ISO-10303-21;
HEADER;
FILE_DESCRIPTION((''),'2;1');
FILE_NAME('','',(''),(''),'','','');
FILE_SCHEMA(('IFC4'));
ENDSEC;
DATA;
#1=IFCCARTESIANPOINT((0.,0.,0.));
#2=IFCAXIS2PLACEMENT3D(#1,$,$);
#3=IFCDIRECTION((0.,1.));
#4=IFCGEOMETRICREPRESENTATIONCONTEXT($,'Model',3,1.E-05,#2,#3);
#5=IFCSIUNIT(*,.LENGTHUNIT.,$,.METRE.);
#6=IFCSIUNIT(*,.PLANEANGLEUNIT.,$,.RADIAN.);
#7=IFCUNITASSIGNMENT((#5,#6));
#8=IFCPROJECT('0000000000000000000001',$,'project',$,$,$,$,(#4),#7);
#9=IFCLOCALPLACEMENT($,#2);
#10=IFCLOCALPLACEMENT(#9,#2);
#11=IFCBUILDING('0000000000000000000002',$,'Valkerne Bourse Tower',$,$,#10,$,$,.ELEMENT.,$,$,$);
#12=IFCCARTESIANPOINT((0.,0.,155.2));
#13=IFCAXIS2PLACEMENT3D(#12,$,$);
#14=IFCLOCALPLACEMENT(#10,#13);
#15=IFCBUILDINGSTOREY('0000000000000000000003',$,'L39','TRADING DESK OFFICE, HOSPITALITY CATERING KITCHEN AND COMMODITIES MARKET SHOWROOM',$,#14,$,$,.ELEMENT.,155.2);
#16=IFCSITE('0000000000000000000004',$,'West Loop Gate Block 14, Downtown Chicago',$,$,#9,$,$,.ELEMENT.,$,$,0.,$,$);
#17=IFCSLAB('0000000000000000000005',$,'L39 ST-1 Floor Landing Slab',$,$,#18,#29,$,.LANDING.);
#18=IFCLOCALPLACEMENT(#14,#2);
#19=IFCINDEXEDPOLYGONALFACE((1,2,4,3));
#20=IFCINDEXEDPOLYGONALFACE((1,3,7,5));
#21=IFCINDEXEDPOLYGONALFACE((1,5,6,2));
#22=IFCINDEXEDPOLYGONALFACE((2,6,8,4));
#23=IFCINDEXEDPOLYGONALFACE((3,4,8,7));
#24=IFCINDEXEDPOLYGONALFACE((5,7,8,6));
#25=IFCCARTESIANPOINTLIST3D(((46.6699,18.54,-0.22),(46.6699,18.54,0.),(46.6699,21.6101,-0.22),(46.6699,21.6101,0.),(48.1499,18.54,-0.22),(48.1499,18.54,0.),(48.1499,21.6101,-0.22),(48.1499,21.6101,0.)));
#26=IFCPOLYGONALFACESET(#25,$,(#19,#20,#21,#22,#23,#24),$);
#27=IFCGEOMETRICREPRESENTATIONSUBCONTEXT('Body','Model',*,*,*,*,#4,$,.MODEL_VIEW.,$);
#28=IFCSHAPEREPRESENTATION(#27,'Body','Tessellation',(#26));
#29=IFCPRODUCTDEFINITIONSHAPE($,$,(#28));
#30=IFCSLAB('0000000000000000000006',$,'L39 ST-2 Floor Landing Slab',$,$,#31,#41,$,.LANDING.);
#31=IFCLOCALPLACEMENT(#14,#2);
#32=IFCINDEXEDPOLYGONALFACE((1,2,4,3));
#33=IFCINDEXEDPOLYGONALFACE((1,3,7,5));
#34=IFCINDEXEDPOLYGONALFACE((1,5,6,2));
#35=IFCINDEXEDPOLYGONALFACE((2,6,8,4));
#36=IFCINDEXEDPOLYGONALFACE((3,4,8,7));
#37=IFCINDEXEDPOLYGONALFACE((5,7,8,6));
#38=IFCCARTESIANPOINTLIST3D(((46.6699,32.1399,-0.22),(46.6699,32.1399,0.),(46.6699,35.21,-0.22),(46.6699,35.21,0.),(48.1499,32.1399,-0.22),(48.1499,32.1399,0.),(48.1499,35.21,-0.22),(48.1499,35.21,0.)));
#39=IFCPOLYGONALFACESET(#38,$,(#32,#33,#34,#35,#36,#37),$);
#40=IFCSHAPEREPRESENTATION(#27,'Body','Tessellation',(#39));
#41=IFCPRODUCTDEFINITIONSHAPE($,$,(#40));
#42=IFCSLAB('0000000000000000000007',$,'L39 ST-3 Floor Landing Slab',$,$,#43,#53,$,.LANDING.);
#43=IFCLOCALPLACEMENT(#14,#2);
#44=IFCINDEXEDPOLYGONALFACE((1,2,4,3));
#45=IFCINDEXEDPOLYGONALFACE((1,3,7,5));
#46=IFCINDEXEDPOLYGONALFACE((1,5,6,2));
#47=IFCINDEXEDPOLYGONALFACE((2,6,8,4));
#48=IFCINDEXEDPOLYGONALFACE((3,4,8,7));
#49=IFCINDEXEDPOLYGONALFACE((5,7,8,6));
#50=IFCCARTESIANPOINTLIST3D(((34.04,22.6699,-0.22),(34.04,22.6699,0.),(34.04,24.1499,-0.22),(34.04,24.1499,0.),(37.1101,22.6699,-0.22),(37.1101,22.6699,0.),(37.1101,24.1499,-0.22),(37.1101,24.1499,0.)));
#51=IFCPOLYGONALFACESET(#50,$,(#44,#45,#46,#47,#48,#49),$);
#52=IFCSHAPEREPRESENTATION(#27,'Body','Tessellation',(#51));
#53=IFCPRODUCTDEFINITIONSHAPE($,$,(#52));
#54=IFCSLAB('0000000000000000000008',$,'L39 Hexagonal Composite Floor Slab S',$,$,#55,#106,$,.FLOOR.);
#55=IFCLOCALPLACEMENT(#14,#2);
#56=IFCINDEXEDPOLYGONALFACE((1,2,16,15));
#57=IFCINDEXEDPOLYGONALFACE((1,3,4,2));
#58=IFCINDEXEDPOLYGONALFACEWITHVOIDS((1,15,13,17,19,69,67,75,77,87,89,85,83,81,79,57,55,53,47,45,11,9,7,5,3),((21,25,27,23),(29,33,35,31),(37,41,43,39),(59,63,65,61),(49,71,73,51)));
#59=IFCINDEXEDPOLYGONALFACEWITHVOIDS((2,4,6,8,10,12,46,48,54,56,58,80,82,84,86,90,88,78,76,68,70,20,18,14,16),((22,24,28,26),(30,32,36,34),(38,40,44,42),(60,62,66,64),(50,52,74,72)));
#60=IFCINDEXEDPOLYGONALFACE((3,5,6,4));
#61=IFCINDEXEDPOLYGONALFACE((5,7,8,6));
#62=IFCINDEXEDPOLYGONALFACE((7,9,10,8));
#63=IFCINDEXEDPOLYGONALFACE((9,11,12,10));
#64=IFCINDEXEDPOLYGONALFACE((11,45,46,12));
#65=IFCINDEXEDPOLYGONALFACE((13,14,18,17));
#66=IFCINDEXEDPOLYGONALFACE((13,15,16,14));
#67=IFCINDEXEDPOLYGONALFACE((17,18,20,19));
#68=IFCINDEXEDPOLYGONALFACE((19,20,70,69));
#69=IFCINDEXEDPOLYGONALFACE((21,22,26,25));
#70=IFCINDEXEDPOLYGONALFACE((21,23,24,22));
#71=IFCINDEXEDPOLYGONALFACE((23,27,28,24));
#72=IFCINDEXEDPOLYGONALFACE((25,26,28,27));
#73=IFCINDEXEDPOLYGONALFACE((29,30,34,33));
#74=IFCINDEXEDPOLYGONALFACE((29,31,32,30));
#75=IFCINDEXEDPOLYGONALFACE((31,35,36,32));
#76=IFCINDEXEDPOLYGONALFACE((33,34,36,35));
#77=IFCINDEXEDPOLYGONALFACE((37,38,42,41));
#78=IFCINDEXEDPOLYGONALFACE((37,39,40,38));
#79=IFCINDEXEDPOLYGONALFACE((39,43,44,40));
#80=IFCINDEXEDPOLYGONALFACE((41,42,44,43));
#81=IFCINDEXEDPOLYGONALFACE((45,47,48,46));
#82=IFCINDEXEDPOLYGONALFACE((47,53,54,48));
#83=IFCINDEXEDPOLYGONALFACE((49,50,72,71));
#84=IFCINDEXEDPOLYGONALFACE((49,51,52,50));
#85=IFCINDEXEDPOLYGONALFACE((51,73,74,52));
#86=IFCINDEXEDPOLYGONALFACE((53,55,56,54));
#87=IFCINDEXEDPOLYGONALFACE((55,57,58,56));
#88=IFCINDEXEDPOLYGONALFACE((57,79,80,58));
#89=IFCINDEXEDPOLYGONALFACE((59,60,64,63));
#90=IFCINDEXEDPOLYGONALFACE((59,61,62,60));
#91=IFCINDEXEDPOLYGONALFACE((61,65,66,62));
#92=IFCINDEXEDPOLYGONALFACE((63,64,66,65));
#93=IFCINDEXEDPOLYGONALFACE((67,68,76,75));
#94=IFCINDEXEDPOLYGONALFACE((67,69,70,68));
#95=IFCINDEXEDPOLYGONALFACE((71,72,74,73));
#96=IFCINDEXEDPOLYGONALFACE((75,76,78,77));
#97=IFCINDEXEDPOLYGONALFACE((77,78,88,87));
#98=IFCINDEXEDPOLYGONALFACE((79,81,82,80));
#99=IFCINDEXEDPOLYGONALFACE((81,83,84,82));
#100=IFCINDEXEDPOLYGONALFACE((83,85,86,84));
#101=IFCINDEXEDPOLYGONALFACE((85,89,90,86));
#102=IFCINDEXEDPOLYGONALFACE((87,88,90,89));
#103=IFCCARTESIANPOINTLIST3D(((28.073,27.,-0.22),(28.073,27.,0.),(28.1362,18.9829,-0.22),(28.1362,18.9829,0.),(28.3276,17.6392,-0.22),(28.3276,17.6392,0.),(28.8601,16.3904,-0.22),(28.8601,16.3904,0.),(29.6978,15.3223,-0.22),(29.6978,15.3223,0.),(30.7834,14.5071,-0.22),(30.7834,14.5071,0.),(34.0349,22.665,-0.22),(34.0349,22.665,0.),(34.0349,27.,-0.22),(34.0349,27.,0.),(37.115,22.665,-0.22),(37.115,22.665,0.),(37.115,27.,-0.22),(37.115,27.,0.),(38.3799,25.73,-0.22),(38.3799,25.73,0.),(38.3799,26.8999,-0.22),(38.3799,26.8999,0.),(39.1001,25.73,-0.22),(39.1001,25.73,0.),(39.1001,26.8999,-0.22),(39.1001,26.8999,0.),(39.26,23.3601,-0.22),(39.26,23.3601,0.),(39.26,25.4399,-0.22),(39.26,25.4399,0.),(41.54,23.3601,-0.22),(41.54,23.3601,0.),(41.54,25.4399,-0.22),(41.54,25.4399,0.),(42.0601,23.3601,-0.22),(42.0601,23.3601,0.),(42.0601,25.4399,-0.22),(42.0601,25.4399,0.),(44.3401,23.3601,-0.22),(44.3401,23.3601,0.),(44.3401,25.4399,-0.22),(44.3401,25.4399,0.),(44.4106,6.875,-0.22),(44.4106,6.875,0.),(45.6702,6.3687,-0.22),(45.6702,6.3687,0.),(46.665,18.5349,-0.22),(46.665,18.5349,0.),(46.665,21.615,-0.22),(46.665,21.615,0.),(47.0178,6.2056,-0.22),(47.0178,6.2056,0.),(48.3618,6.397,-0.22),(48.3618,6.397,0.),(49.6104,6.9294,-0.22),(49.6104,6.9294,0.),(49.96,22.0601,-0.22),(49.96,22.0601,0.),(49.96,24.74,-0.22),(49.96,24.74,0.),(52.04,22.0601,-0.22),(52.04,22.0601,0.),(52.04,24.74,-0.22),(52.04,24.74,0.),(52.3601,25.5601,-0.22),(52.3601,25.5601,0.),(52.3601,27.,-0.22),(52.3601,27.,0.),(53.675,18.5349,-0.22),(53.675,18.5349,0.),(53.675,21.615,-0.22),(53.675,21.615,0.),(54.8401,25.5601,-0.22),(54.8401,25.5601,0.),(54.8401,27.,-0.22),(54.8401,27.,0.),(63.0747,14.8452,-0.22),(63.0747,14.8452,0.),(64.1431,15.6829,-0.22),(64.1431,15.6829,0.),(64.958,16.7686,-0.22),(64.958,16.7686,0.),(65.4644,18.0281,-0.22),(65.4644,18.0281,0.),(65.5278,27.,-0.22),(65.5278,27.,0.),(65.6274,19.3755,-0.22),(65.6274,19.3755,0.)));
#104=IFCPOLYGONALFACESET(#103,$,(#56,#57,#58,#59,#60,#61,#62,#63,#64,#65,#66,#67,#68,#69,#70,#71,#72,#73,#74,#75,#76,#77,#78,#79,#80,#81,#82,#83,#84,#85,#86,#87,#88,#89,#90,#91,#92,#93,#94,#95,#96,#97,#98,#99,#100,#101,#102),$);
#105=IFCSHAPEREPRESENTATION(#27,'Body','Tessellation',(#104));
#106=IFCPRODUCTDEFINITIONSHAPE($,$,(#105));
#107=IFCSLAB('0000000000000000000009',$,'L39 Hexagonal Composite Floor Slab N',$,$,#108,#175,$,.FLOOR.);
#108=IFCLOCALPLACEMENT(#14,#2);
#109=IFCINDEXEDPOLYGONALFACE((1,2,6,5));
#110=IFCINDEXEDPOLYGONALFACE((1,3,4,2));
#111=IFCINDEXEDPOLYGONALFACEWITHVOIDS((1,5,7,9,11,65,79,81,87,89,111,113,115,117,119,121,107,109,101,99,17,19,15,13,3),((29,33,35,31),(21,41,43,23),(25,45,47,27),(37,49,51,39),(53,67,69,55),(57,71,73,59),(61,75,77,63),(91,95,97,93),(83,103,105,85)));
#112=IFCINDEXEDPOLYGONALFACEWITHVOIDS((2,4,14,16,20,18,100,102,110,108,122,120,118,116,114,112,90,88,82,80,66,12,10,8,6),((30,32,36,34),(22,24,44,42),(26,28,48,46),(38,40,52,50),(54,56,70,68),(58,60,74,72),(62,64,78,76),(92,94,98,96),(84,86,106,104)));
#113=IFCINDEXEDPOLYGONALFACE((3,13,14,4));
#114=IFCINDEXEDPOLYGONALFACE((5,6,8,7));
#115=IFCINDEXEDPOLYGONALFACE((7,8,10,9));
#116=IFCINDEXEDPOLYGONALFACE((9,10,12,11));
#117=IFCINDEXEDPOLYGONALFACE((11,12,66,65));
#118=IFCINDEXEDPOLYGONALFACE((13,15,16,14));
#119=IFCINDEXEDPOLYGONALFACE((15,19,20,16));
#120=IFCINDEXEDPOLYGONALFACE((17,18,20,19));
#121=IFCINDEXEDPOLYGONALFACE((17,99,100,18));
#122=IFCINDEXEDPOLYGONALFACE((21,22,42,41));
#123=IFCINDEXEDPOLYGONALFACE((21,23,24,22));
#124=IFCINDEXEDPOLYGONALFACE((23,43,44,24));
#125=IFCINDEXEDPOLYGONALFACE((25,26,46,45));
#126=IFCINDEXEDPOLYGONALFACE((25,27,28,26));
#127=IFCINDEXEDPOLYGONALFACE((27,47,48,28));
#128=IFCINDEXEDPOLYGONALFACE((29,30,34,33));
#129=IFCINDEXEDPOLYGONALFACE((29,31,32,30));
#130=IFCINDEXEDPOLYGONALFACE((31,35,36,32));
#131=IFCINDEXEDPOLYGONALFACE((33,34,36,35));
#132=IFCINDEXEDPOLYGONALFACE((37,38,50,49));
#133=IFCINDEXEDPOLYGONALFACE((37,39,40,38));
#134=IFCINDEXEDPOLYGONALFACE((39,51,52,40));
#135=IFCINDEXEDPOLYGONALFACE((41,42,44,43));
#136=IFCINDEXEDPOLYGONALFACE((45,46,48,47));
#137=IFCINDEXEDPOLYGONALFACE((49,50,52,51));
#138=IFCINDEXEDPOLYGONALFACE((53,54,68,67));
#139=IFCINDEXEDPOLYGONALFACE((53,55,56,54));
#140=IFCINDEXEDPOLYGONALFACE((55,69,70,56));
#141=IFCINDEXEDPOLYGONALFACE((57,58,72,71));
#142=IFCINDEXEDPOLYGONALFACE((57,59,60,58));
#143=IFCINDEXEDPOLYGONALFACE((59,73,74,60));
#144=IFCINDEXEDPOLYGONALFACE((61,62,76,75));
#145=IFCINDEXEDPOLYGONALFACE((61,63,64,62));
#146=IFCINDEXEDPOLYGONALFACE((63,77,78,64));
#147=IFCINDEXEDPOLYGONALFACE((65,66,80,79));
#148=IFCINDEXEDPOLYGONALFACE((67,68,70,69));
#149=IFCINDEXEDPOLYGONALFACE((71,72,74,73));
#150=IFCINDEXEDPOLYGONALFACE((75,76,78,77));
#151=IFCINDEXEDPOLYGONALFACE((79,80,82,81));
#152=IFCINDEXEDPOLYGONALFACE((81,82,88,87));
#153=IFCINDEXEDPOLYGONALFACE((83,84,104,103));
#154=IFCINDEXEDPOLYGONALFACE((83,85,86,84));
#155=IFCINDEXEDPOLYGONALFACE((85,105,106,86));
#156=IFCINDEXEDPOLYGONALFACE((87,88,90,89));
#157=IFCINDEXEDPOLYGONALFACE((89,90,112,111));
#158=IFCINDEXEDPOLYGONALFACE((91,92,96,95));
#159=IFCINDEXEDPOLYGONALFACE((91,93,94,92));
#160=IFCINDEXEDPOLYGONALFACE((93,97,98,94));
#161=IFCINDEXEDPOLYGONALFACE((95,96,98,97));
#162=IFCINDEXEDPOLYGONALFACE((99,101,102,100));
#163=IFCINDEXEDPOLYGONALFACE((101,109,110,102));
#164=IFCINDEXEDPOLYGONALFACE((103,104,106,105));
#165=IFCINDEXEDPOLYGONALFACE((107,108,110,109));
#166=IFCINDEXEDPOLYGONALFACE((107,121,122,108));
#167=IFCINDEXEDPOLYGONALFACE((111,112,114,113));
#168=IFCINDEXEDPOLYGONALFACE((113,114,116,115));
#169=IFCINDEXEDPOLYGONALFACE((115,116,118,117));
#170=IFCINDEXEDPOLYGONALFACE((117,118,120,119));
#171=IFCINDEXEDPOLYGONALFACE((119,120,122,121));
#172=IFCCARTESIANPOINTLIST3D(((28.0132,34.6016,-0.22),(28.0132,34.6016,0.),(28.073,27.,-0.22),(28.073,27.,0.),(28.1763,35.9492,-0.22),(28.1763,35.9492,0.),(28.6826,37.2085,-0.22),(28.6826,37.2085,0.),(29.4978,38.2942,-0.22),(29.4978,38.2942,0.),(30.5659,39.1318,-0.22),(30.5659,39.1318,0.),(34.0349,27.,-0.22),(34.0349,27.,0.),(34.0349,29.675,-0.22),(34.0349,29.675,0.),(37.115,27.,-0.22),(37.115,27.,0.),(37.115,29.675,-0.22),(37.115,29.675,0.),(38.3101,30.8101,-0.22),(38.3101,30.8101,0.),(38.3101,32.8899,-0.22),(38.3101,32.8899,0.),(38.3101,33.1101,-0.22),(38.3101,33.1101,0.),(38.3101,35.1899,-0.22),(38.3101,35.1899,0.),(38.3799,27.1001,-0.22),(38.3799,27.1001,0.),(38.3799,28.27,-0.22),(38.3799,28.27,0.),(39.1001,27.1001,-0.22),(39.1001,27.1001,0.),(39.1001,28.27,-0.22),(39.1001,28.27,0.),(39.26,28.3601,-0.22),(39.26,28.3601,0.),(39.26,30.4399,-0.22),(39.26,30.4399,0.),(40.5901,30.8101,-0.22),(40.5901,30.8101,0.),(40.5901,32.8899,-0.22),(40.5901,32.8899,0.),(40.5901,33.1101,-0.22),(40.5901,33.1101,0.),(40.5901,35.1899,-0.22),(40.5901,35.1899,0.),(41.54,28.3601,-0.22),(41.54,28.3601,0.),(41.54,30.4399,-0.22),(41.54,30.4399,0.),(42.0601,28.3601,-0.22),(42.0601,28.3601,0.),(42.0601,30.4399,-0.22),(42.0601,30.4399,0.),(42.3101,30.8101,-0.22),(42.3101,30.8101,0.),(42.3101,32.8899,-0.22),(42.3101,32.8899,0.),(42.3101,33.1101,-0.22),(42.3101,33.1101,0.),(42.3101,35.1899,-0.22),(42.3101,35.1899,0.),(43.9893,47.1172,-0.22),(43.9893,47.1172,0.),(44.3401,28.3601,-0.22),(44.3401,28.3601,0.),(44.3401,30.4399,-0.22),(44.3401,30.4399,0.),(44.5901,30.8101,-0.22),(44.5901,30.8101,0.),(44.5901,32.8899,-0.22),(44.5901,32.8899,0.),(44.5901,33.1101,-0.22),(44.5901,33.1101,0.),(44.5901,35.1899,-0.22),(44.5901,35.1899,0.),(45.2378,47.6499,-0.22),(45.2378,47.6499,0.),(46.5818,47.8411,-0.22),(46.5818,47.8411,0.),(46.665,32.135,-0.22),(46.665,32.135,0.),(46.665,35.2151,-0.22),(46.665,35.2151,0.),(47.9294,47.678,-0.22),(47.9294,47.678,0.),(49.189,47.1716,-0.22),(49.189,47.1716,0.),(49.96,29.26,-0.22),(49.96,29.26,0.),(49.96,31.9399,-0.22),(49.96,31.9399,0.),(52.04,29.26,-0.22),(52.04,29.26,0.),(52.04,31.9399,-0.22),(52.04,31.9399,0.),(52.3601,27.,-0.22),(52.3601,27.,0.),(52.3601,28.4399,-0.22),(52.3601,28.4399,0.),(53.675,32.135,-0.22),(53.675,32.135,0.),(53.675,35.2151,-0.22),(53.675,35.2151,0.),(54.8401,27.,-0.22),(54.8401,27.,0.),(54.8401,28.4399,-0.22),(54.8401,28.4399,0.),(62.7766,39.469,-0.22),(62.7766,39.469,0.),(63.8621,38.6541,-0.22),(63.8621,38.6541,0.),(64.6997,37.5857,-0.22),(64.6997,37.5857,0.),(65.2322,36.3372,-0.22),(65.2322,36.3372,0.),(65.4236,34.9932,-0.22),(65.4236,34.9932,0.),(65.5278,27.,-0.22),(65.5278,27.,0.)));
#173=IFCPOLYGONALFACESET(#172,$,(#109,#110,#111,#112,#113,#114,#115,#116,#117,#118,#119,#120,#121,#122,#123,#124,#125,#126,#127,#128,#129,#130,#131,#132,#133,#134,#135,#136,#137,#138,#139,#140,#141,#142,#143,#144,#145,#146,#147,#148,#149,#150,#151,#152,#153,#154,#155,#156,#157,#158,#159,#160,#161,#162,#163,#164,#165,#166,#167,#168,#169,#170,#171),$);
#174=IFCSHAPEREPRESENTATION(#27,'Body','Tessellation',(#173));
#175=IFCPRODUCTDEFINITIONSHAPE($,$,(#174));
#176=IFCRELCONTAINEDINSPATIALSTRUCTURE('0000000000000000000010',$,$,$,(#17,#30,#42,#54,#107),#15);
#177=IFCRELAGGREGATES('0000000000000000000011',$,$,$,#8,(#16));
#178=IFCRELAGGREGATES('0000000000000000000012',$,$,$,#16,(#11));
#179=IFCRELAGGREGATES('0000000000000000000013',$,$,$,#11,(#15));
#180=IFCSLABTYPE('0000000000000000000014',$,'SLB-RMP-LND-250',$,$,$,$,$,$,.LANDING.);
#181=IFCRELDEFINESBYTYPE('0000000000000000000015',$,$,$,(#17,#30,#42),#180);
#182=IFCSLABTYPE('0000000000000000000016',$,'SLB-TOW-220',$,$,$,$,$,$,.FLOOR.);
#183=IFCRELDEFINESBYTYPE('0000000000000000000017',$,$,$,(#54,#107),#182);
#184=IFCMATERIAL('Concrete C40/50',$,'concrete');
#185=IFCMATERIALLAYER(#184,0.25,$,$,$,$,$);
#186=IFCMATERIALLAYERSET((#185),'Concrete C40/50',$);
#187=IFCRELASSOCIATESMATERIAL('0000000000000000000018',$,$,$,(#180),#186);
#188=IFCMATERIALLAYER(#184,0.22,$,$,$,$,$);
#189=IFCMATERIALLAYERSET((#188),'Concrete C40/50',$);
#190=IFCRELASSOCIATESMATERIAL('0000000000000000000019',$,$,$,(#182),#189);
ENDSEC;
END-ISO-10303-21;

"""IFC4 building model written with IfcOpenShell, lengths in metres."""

from ifc_helpers import new_model, si_unit, direction, frame, origin, place, context, subcontext, project, spatial, polyline, outline, extrude, material, layer, layer_set, type_object, element, save


model = new_model("IFC4")

# Units and contexts
model_context = context("Model", 3, precision=1e-05, world=origin(), true_north=direction((0.0, 1.0)))
body_context = subcontext(model_context, "Body", "Model", "MODEL_VIEW")
ifc_project = project(units=[si_unit("LENGTHUNIT", "METRE"), si_unit("PLANEANGLEUNIT", "RADIAN")], contexts=[model_context])

# Site, building, storey
site_placement = place(None, origin())
site = spatial("IfcSite", under=ifc_project, at=site_placement, Name="West Loop Gate Block 14, Downtown Chicago", CompositionType="ELEMENT", RefElevation=0.0)
building_placement = place(site_placement, origin())
building = spatial("IfcBuilding", under=site, at=building_placement, Name="Valkerne Bourse Tower", CompositionType="ELEMENT")
storey_placement = place(building_placement, frame((0.0, 0.0, 155.2)))
storey = spatial("IfcBuildingStorey", under=building, at=storey_placement, Name="L39", Description="TRADING DESK OFFICE, HOSPITALITY CATERING KITCHEN AND COMMODITIES MARKET SHOWROOM", CompositionType="ELEMENT", Elevation=155.2)

# Slabs
ifc_material_1 = material(Name="Concrete C40/50", Category="concrete")
ifc_layer_1 = layer(ifc_material_1, 0.25)
ifc_layer_set_1 = layer_set([ifc_layer_1], Name="Concrete C40/50")
slab_type_1 = type_object("IfcSlabType", Name="SLB-RMP-LND-250", PredefinedType="LANDING", material=ifc_layer_set_1)
slab_1_placement = place(storey_placement, frame((0.0, 0.0, -0.22)))
element("IfcSlab", 1, at=slab_1_placement, inside=storey, type_object=slab_type_1, Name="L39 ST-1 Floor Landing Slab", PredefinedType="LANDING", context=body_context, shape_type="SweptSolid", body=[
    extrude(outline(polyline([(46.6699, 18.54), (48.1499, 18.54), (48.1499, 21.6101), (46.6699, 21.6101), (46.6699, 18.54)])), origin(), (0.0, 0.0, 1.0), 0.22),
])
slab_2_placement = place(storey_placement, frame((0.0, 0.0, -0.22)))
element("IfcSlab", 2, at=slab_2_placement, inside=storey, type_object=slab_type_1, Name="L39 ST-2 Floor Landing Slab", PredefinedType="LANDING", context=body_context, shape_type="SweptSolid", body=[
    extrude(outline(polyline([(46.6699, 32.1399), (48.1499, 32.1399), (48.1499, 35.21), (46.6699, 35.21), (46.6699, 32.1399)])), origin(), (0.0, 0.0, 1.0), 0.22),
])
slab_3_placement = place(storey_placement, frame((0.0, 0.0, -0.22)))
element("IfcSlab", 3, at=slab_3_placement, inside=storey, type_object=slab_type_1, Name="L39 ST-3 Floor Landing Slab", PredefinedType="LANDING", context=body_context, shape_type="SweptSolid", body=[
    extrude(outline(polyline([(37.1101, 22.6699), (37.1101, 24.1499), (34.04, 24.1499), (34.04, 22.6699), (37.1101, 22.6699)])), origin(), (0.0, 0.0, 1.0), 0.22),
])
ifc_layer_2 = layer(ifc_material_1, 0.22)
ifc_layer_set_2 = layer_set([ifc_layer_2], Name="Concrete C40/50")
slab_type_2 = type_object("IfcSlabType", Name="SLB-TOW-220", PredefinedType="FLOOR", material=ifc_layer_set_2)
slab_4_placement = place(storey_placement, frame((0.0, 0.0, -0.22)))
element("IfcSlab", 4, at=slab_4_placement, inside=storey, type_object=slab_type_2, Name="L39 Hexagonal Composite Floor Slab S", PredefinedType="FLOOR", context=body_context, shape_type="SweptSolid", body=[
    extrude(outline(polyline([(65.4644, 18.0281), (64.958, 16.7686), (64.1431, 15.6829), (63.0747, 14.8452), (49.6104, 6.9294), (48.3618, 6.397), (47.0178, 6.2056), (45.6702, 6.3687), (44.4106, 6.875), (30.7834, 14.5071), (29.6978, 15.3223), (28.8601, 16.3904), (28.3276, 17.6392), (28.1362, 18.9829), (28.073, 27.0), (34.0349, 27.0), (34.0349, 22.665), (37.115, 22.665), (37.115, 27.0), (52.3601, 27.0), (52.3601, 25.5601), (54.8401, 25.5601), (54.8401, 27.0), (65.5278, 27.0), (65.6274, 19.3755), (65.4644, 18.0281)]), holes=[polyline([(41.54, 25.4399), (39.26, 25.4399), (39.26, 23.3601), (41.54, 23.3601), (41.54, 25.4399)]), polyline([(44.3401, 25.4399), (42.0601, 25.4399), (42.0601, 23.3601), (44.3401, 23.3601), (44.3401, 25.4399)]), polyline([(39.1001, 26.8999), (38.3799, 26.8999), (38.3799, 25.73), (39.1001, 25.73), (39.1001, 26.8999)]), polyline([(53.675, 21.615), (46.665, 21.615), (46.665, 18.5349), (53.675, 18.5349), (53.675, 21.615)]), polyline([(52.04, 24.74), (49.96, 24.74), (49.96, 22.0601), (52.04, 22.0601), (52.04, 24.74)])]), origin(), (0.0, 0.0, 1.0), 0.22),
])
slab_5_placement = place(storey_placement, frame((0.0, 0.0, -0.22)))
element("IfcSlab", 5, at=slab_5_placement, inside=storey, type_object=slab_type_2, Name="L39 Hexagonal Composite Floor Slab N", PredefinedType="FLOOR", context=body_context, shape_type="SweptSolid", body=[
    extrude(outline(polyline([(28.0132, 34.6016), (28.1763, 35.9492), (28.6826, 37.2085), (29.4978, 38.2942), (30.5659, 39.1318), (43.9893, 47.1172), (45.2378, 47.6499), (46.5818, 47.8411), (47.9294, 47.678), (49.189, 47.1716), (62.7766, 39.469), (63.8621, 38.6541), (64.6997, 37.5857), (65.2322, 36.3372), (65.4236, 34.9932), (65.5278, 27.0), (54.8401, 27.0), (54.8401, 28.4399), (52.3601, 28.4399), (52.3601, 27.0), (37.115, 27.0), (37.115, 29.675), (34.0349, 29.675), (34.0349, 27.0), (28.073, 27.0), (28.0132, 34.6016)]), holes=[polyline([(39.1001, 28.27), (38.3799, 28.27), (38.3799, 27.1001), (39.1001, 27.1001), (39.1001, 28.27)]), polyline([(41.54, 30.4399), (39.26, 30.4399), (39.26, 28.3601), (41.54, 28.3601), (41.54, 30.4399)]), polyline([(40.5901, 32.8899), (38.3101, 32.8899), (38.3101, 30.8101), (40.5901, 30.8101), (40.5901, 32.8899)]), polyline([(40.5901, 35.1899), (38.3101, 35.1899), (38.3101, 33.1101), (40.5901, 33.1101), (40.5901, 35.1899)]), polyline([(44.3401, 30.4399), (42.0601, 30.4399), (42.0601, 28.3601), (44.3401, 28.3601), (44.3401, 30.4399)]), polyline([(52.04, 31.9399), (49.96, 31.9399), (49.96, 29.26), (52.04, 29.26), (52.04, 31.9399)]), polyline([(44.5901, 32.8899), (42.3101, 32.8899), (42.3101, 30.8101), (44.5901, 30.8101), (44.5901, 32.8899)]), polyline([(53.675, 35.2151), (46.665, 35.2151), (46.665, 32.135), (53.675, 32.135), (53.675, 35.2151)]), polyline([(44.5901, 35.1899), (42.3101, 35.1899), (42.3101, 33.1101), (44.5901, 33.1101), (44.5901, 35.1899)])]), origin(), (0.0, 0.0, 1.0), 0.22),
])

save(model, "model.ifc")
